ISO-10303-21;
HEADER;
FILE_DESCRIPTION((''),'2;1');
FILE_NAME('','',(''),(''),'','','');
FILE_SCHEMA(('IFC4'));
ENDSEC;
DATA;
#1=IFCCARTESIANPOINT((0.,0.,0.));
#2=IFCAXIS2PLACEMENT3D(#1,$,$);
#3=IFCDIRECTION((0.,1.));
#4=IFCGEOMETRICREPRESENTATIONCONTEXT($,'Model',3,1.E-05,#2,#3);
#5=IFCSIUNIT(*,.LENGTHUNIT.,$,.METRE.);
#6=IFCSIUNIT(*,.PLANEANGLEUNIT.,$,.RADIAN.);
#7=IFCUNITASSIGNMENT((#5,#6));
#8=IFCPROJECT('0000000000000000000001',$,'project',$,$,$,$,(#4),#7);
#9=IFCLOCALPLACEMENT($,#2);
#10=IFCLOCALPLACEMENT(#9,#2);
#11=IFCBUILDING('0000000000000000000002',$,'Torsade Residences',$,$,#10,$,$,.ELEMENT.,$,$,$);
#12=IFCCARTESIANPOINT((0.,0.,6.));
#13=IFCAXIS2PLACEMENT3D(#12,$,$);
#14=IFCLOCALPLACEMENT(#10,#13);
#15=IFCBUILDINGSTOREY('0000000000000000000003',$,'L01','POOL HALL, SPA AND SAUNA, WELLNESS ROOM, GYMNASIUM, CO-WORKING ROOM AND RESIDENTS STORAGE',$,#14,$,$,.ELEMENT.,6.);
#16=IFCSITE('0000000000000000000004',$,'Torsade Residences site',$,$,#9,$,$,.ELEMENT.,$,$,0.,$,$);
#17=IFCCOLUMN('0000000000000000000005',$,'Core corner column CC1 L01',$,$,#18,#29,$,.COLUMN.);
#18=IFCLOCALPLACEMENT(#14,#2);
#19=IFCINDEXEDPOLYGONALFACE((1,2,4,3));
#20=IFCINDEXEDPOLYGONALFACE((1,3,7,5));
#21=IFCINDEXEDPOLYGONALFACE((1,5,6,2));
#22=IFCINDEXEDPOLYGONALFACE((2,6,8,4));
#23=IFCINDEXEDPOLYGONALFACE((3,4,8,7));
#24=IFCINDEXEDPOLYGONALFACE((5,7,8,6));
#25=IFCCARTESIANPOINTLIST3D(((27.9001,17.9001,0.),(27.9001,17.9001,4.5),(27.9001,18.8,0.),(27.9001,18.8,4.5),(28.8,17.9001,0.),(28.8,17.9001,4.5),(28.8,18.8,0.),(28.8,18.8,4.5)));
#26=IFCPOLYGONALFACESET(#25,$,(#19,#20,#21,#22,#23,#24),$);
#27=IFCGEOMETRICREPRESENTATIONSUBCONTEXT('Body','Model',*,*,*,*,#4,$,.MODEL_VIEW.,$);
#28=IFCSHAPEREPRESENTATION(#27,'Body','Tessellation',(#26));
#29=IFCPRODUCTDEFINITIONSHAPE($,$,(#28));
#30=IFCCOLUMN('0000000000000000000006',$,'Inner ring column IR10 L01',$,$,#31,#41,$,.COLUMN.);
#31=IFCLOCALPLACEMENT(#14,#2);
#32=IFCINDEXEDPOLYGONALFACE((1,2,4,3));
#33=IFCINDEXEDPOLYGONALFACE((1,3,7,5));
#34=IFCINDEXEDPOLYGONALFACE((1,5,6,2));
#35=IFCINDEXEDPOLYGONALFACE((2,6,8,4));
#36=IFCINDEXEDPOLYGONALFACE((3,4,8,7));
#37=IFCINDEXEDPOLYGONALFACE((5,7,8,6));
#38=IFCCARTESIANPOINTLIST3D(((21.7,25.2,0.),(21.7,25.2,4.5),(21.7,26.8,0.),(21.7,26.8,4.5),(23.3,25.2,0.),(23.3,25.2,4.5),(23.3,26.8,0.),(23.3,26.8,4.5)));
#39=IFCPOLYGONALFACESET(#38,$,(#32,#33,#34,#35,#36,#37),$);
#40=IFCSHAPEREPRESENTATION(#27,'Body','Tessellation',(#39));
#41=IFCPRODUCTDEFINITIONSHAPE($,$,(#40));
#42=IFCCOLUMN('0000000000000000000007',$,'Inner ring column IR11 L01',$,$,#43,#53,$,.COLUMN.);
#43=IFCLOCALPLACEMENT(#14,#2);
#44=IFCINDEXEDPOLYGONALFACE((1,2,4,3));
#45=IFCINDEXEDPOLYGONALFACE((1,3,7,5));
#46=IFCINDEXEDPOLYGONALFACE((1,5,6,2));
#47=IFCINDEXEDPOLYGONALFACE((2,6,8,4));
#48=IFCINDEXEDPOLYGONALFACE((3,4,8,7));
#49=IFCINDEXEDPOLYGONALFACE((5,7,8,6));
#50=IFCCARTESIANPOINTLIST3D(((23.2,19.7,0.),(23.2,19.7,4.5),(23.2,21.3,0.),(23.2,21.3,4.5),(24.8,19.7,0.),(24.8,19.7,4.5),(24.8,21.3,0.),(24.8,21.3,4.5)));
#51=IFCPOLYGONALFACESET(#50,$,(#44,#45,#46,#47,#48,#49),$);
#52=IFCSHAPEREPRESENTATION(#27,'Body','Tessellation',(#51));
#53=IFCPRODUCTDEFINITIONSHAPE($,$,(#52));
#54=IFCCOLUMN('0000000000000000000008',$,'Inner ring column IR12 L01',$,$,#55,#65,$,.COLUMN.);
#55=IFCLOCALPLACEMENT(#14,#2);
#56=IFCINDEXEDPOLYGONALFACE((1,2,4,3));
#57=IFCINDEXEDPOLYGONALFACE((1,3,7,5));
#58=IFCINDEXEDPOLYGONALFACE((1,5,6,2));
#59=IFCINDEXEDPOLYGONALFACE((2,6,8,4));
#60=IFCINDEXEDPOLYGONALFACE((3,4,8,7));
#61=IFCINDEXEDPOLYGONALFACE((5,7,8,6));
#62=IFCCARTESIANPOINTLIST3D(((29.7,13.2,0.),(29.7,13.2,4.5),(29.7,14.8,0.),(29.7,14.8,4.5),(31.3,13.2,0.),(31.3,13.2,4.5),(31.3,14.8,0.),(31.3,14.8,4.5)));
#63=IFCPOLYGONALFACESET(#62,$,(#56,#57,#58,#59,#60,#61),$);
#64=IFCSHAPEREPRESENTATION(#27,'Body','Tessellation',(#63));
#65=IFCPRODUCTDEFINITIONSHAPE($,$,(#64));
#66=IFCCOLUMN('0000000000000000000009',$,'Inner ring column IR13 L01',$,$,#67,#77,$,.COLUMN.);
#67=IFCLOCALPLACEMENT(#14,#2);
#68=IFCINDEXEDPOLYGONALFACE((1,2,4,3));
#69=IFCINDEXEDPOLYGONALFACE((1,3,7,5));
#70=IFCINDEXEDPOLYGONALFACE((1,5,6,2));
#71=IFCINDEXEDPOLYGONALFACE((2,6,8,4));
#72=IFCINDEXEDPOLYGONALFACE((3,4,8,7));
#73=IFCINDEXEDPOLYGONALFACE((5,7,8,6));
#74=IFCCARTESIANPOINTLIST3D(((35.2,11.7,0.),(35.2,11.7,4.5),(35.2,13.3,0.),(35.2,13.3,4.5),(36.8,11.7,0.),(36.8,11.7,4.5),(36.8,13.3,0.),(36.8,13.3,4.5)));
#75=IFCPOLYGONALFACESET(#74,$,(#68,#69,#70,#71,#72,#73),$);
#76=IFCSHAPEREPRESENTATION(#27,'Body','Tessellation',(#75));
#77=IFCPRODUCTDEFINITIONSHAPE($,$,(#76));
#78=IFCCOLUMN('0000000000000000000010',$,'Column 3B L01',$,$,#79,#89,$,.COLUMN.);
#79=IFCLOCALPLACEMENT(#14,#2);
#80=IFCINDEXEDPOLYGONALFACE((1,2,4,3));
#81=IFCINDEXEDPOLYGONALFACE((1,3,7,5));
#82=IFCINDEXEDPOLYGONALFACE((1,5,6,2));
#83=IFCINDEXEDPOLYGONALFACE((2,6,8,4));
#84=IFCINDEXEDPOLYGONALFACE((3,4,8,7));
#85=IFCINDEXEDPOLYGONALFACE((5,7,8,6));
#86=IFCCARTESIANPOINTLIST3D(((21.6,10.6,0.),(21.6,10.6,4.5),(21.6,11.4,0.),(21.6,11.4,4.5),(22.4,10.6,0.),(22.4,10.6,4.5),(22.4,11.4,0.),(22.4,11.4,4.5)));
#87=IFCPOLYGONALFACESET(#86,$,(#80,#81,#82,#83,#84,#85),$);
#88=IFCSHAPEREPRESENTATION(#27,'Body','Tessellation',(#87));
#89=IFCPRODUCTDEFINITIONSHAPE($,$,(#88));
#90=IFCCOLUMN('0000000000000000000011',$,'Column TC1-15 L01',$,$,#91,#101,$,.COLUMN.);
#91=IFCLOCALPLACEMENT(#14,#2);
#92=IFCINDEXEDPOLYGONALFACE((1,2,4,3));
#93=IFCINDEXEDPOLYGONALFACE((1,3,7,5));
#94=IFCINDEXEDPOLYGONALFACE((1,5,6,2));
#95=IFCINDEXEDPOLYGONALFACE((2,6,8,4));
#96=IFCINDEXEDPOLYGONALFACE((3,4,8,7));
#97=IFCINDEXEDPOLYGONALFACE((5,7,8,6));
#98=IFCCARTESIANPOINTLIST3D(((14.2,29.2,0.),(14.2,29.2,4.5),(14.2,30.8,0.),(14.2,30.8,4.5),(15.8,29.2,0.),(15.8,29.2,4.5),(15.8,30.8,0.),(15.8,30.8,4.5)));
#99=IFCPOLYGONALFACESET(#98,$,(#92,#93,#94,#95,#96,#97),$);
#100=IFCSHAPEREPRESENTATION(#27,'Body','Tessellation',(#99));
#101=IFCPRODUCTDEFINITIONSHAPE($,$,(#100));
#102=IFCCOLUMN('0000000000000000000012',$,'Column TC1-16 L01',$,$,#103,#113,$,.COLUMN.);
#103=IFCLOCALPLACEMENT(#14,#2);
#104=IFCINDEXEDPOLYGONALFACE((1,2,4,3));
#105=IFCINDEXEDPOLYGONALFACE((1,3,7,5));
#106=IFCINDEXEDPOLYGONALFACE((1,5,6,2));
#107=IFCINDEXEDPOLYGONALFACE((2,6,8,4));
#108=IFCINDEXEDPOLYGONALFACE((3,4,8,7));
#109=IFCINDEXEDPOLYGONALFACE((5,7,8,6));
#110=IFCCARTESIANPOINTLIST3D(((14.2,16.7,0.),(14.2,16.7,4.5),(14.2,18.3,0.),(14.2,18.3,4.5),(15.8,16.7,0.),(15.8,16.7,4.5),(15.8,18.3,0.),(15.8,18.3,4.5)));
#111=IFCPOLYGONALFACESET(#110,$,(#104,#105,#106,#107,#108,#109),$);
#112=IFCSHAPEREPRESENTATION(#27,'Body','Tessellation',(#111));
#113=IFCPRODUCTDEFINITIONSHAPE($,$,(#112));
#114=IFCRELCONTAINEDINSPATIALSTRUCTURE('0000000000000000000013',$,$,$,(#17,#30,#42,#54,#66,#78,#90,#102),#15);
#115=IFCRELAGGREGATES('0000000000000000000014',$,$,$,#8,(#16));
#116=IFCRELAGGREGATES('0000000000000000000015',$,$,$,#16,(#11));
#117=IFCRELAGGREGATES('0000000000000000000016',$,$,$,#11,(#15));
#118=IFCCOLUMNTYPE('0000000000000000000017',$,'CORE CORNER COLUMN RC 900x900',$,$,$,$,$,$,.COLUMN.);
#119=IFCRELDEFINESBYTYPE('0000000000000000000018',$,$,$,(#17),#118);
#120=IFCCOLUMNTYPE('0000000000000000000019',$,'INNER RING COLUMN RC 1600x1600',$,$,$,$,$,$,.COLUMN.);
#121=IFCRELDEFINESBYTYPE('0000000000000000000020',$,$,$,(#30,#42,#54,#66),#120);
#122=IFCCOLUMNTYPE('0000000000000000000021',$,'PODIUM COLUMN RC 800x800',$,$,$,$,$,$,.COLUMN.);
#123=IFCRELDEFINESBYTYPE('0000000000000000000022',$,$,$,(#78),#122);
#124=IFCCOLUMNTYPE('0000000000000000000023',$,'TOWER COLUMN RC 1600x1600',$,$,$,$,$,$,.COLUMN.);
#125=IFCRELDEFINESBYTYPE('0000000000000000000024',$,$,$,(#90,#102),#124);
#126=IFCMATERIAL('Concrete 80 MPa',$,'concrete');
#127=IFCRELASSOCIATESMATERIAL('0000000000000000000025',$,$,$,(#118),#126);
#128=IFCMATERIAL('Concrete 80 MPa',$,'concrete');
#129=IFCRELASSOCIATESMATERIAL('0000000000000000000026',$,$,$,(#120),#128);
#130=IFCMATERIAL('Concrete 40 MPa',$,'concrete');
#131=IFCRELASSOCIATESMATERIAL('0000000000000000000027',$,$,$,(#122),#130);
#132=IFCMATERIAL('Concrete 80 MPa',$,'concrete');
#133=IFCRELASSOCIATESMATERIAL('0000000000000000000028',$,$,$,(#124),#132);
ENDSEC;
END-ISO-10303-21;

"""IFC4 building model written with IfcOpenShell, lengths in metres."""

from ifc_helpers import new_model, si_unit, direction, frame, origin, origin_2d, place, context, subcontext, project, spatial, rectangle, extrude, material, material_profile, profile_set, type_object, element, save


model = new_model("IFC4")

# Units and contexts
model_context = context("Model", 3, precision=1e-05, world=origin(), true_north=direction((0.0, 1.0)))
body_context = subcontext(model_context, "Body", "Model", "MODEL_VIEW")
ifc_project = project(units=[si_unit("LENGTHUNIT", "METRE"), si_unit("PLANEANGLEUNIT", "RADIAN")], contexts=[model_context])

# Site, building, storey
site_placement = place(None, origin())
site = spatial("IfcSite", under=ifc_project, at=site_placement, Name="Torsade Residences site", CompositionType="ELEMENT", RefElevation=0.0)
building_placement = place(site_placement, origin())
building = spatial("IfcBuilding", under=site, at=building_placement, Name="Torsade Residences", CompositionType="ELEMENT")
storey_placement = place(building_placement, frame((0.0, 0.0, 6.0)))
storey = spatial("IfcBuildingStorey", under=building, at=storey_placement, Name="L01", Description="POOL HALL, SPA AND SAUNA, WELLNESS ROOM, GYMNASIUM, CO-WORKING ROOM AND RESIDENTS STORAGE", CompositionType="ELEMENT", Elevation=6.0)

# Columns
ifc_material_1 = material(Name="Concrete 80 MPa", Category="concrete")
ifc_material_profile_1 = material_profile(ifc_material_1, rectangle(XDim=0.8999, YDim=0.8999, at=origin_2d()), Name="RC 900x900")
ifc_profile_set_1 = profile_set([ifc_material_profile_1], Name="Concrete 80 MPa")
column_type_1 = type_object("IfcColumnType", Name="CORE CORNER COLUMN RC 900x900", PredefinedType="COLUMN", material=ifc_profile_set_1)
column_1_placement = place(storey_placement, frame((28.3501, 18.3501, 0.0), z_axis=(0.0, 0.0, 1.0), x_axis=(1.0, 0.0, 0.0)))
element("IfcColumn", 1, at=column_1_placement, inside=storey, type_object=column_type_1, Name="Core corner column CC1 L01", PredefinedType="COLUMN", context=body_context, shape_type="SweptSolid", body=[
    extrude(rectangle(XDim=0.8999, YDim=0.8999, at=origin_2d()), origin(), (0.0, 0.0, 1.0), 4.5),
])
ifc_material_2 = material(Name="Concrete 80 MPa", Category="concrete")
ifc_material_profile_2 = material_profile(ifc_material_2, rectangle(XDim=1.6001, YDim=1.6001, at=origin_2d()), Name="RC 1600x1600")
ifc_profile_set_2 = profile_set([ifc_material_profile_2], Name="Concrete 80 MPa")
column_type_2 = type_object("IfcColumnType", Name="INNER RING COLUMN RC 1600x1600", PredefinedType="COLUMN", material=ifc_profile_set_2)
for number, where, z_axis, x_axis, name in (
    (2, (22.5, 26.0, 0.0), (0.0, 0.0, 1.0), (1.0, 0.0, 0.0), "Inner ring column IR10 L01"),
    (3, (24.0, 20.5, 0.0), (0.0, 0.0, 1.0), (1.0, 0.0, 0.0), "Inner ring column IR11 L01"),
    (4, (30.5, 14.0, 0.0), (0.0, 0.0, 1.0), (1.0, 0.0, 0.0), "Inner ring column IR12 L01"),
    (5, (36.0, 12.5, 0.0), (0.0, 0.0, 1.0), (1.0, 0.0, 0.0), "Inner ring column IR13 L01"),
):
    element("IfcColumn", number, at=place(storey_placement, frame(where, z_axis=z_axis, x_axis=x_axis)), inside=storey, type_object=column_type_2, Name=name, PredefinedType="COLUMN", context=body_context, shape_type="SweptSolid", body=[
        extrude(rectangle(XDim=1.6001, YDim=1.6001, at=origin_2d()), origin(), (0.0, 0.0, 1.0), 4.5),
    ])
ifc_material_3 = material(Name="Concrete 40 MPa", Category="concrete")
ifc_material_profile_3 = material_profile(ifc_material_3, rectangle(XDim=0.8, YDim=0.8, at=origin_2d()), Name="RC 800x800")
ifc_profile_set_3 = profile_set([ifc_material_profile_3], Name="Concrete 40 MPa")
column_type_3 = type_object("IfcColumnType", Name="PODIUM COLUMN RC 800x800", PredefinedType="COLUMN", material=ifc_profile_set_3)
column_2_placement = place(storey_placement, frame((22.0, 11.0, 0.0), z_axis=(0.0, 0.0, 1.0), x_axis=(1.0, 0.0, 0.0)))
element("IfcColumn", 6, at=column_2_placement, inside=storey, type_object=column_type_3, Name="Column 3B L01", PredefinedType="COLUMN", context=body_context, shape_type="SweptSolid", body=[
    extrude(rectangle(XDim=0.8, YDim=0.8, at=origin_2d()), origin(), (0.0, 0.0, 1.0), 4.5),
])
ifc_material_4 = material(Name="Concrete 80 MPa", Category="concrete")
ifc_material_profile_4 = material_profile(ifc_material_4, rectangle(XDim=1.6001, YDim=1.6001, at=origin_2d()), Name="RC 1600x1600")
ifc_profile_set_4 = profile_set([ifc_material_profile_4], Name="Concrete 80 MPa")
column_type_4 = type_object("IfcColumnType", Name="TOWER COLUMN RC 1600x1600", PredefinedType="COLUMN", material=ifc_profile_set_4)
for number, where, z_axis, x_axis, name in (
    (7, (15.0, 30.0, 0.0), (0.0, 0.0, 1.0), (1.0, 0.0, 0.0), "Column TC1-15 L01"),
    (8, (15.0, 17.5, 0.0), (0.0, 0.0, 1.0), (1.0, 0.0, 0.0), "Column TC1-16 L01"),
):
    element("IfcColumn", number, at=place(storey_placement, frame(where, z_axis=z_axis, x_axis=x_axis)), inside=storey, type_object=column_type_4, Name=name, PredefinedType="COLUMN", context=body_context, shape_type="SweptSolid", body=[
        extrude(rectangle(XDim=1.6001, YDim=1.6001, at=origin_2d()), origin(), (0.0, 0.0, 1.0), 4.5),
    ])

save(model, "model.ifc")
